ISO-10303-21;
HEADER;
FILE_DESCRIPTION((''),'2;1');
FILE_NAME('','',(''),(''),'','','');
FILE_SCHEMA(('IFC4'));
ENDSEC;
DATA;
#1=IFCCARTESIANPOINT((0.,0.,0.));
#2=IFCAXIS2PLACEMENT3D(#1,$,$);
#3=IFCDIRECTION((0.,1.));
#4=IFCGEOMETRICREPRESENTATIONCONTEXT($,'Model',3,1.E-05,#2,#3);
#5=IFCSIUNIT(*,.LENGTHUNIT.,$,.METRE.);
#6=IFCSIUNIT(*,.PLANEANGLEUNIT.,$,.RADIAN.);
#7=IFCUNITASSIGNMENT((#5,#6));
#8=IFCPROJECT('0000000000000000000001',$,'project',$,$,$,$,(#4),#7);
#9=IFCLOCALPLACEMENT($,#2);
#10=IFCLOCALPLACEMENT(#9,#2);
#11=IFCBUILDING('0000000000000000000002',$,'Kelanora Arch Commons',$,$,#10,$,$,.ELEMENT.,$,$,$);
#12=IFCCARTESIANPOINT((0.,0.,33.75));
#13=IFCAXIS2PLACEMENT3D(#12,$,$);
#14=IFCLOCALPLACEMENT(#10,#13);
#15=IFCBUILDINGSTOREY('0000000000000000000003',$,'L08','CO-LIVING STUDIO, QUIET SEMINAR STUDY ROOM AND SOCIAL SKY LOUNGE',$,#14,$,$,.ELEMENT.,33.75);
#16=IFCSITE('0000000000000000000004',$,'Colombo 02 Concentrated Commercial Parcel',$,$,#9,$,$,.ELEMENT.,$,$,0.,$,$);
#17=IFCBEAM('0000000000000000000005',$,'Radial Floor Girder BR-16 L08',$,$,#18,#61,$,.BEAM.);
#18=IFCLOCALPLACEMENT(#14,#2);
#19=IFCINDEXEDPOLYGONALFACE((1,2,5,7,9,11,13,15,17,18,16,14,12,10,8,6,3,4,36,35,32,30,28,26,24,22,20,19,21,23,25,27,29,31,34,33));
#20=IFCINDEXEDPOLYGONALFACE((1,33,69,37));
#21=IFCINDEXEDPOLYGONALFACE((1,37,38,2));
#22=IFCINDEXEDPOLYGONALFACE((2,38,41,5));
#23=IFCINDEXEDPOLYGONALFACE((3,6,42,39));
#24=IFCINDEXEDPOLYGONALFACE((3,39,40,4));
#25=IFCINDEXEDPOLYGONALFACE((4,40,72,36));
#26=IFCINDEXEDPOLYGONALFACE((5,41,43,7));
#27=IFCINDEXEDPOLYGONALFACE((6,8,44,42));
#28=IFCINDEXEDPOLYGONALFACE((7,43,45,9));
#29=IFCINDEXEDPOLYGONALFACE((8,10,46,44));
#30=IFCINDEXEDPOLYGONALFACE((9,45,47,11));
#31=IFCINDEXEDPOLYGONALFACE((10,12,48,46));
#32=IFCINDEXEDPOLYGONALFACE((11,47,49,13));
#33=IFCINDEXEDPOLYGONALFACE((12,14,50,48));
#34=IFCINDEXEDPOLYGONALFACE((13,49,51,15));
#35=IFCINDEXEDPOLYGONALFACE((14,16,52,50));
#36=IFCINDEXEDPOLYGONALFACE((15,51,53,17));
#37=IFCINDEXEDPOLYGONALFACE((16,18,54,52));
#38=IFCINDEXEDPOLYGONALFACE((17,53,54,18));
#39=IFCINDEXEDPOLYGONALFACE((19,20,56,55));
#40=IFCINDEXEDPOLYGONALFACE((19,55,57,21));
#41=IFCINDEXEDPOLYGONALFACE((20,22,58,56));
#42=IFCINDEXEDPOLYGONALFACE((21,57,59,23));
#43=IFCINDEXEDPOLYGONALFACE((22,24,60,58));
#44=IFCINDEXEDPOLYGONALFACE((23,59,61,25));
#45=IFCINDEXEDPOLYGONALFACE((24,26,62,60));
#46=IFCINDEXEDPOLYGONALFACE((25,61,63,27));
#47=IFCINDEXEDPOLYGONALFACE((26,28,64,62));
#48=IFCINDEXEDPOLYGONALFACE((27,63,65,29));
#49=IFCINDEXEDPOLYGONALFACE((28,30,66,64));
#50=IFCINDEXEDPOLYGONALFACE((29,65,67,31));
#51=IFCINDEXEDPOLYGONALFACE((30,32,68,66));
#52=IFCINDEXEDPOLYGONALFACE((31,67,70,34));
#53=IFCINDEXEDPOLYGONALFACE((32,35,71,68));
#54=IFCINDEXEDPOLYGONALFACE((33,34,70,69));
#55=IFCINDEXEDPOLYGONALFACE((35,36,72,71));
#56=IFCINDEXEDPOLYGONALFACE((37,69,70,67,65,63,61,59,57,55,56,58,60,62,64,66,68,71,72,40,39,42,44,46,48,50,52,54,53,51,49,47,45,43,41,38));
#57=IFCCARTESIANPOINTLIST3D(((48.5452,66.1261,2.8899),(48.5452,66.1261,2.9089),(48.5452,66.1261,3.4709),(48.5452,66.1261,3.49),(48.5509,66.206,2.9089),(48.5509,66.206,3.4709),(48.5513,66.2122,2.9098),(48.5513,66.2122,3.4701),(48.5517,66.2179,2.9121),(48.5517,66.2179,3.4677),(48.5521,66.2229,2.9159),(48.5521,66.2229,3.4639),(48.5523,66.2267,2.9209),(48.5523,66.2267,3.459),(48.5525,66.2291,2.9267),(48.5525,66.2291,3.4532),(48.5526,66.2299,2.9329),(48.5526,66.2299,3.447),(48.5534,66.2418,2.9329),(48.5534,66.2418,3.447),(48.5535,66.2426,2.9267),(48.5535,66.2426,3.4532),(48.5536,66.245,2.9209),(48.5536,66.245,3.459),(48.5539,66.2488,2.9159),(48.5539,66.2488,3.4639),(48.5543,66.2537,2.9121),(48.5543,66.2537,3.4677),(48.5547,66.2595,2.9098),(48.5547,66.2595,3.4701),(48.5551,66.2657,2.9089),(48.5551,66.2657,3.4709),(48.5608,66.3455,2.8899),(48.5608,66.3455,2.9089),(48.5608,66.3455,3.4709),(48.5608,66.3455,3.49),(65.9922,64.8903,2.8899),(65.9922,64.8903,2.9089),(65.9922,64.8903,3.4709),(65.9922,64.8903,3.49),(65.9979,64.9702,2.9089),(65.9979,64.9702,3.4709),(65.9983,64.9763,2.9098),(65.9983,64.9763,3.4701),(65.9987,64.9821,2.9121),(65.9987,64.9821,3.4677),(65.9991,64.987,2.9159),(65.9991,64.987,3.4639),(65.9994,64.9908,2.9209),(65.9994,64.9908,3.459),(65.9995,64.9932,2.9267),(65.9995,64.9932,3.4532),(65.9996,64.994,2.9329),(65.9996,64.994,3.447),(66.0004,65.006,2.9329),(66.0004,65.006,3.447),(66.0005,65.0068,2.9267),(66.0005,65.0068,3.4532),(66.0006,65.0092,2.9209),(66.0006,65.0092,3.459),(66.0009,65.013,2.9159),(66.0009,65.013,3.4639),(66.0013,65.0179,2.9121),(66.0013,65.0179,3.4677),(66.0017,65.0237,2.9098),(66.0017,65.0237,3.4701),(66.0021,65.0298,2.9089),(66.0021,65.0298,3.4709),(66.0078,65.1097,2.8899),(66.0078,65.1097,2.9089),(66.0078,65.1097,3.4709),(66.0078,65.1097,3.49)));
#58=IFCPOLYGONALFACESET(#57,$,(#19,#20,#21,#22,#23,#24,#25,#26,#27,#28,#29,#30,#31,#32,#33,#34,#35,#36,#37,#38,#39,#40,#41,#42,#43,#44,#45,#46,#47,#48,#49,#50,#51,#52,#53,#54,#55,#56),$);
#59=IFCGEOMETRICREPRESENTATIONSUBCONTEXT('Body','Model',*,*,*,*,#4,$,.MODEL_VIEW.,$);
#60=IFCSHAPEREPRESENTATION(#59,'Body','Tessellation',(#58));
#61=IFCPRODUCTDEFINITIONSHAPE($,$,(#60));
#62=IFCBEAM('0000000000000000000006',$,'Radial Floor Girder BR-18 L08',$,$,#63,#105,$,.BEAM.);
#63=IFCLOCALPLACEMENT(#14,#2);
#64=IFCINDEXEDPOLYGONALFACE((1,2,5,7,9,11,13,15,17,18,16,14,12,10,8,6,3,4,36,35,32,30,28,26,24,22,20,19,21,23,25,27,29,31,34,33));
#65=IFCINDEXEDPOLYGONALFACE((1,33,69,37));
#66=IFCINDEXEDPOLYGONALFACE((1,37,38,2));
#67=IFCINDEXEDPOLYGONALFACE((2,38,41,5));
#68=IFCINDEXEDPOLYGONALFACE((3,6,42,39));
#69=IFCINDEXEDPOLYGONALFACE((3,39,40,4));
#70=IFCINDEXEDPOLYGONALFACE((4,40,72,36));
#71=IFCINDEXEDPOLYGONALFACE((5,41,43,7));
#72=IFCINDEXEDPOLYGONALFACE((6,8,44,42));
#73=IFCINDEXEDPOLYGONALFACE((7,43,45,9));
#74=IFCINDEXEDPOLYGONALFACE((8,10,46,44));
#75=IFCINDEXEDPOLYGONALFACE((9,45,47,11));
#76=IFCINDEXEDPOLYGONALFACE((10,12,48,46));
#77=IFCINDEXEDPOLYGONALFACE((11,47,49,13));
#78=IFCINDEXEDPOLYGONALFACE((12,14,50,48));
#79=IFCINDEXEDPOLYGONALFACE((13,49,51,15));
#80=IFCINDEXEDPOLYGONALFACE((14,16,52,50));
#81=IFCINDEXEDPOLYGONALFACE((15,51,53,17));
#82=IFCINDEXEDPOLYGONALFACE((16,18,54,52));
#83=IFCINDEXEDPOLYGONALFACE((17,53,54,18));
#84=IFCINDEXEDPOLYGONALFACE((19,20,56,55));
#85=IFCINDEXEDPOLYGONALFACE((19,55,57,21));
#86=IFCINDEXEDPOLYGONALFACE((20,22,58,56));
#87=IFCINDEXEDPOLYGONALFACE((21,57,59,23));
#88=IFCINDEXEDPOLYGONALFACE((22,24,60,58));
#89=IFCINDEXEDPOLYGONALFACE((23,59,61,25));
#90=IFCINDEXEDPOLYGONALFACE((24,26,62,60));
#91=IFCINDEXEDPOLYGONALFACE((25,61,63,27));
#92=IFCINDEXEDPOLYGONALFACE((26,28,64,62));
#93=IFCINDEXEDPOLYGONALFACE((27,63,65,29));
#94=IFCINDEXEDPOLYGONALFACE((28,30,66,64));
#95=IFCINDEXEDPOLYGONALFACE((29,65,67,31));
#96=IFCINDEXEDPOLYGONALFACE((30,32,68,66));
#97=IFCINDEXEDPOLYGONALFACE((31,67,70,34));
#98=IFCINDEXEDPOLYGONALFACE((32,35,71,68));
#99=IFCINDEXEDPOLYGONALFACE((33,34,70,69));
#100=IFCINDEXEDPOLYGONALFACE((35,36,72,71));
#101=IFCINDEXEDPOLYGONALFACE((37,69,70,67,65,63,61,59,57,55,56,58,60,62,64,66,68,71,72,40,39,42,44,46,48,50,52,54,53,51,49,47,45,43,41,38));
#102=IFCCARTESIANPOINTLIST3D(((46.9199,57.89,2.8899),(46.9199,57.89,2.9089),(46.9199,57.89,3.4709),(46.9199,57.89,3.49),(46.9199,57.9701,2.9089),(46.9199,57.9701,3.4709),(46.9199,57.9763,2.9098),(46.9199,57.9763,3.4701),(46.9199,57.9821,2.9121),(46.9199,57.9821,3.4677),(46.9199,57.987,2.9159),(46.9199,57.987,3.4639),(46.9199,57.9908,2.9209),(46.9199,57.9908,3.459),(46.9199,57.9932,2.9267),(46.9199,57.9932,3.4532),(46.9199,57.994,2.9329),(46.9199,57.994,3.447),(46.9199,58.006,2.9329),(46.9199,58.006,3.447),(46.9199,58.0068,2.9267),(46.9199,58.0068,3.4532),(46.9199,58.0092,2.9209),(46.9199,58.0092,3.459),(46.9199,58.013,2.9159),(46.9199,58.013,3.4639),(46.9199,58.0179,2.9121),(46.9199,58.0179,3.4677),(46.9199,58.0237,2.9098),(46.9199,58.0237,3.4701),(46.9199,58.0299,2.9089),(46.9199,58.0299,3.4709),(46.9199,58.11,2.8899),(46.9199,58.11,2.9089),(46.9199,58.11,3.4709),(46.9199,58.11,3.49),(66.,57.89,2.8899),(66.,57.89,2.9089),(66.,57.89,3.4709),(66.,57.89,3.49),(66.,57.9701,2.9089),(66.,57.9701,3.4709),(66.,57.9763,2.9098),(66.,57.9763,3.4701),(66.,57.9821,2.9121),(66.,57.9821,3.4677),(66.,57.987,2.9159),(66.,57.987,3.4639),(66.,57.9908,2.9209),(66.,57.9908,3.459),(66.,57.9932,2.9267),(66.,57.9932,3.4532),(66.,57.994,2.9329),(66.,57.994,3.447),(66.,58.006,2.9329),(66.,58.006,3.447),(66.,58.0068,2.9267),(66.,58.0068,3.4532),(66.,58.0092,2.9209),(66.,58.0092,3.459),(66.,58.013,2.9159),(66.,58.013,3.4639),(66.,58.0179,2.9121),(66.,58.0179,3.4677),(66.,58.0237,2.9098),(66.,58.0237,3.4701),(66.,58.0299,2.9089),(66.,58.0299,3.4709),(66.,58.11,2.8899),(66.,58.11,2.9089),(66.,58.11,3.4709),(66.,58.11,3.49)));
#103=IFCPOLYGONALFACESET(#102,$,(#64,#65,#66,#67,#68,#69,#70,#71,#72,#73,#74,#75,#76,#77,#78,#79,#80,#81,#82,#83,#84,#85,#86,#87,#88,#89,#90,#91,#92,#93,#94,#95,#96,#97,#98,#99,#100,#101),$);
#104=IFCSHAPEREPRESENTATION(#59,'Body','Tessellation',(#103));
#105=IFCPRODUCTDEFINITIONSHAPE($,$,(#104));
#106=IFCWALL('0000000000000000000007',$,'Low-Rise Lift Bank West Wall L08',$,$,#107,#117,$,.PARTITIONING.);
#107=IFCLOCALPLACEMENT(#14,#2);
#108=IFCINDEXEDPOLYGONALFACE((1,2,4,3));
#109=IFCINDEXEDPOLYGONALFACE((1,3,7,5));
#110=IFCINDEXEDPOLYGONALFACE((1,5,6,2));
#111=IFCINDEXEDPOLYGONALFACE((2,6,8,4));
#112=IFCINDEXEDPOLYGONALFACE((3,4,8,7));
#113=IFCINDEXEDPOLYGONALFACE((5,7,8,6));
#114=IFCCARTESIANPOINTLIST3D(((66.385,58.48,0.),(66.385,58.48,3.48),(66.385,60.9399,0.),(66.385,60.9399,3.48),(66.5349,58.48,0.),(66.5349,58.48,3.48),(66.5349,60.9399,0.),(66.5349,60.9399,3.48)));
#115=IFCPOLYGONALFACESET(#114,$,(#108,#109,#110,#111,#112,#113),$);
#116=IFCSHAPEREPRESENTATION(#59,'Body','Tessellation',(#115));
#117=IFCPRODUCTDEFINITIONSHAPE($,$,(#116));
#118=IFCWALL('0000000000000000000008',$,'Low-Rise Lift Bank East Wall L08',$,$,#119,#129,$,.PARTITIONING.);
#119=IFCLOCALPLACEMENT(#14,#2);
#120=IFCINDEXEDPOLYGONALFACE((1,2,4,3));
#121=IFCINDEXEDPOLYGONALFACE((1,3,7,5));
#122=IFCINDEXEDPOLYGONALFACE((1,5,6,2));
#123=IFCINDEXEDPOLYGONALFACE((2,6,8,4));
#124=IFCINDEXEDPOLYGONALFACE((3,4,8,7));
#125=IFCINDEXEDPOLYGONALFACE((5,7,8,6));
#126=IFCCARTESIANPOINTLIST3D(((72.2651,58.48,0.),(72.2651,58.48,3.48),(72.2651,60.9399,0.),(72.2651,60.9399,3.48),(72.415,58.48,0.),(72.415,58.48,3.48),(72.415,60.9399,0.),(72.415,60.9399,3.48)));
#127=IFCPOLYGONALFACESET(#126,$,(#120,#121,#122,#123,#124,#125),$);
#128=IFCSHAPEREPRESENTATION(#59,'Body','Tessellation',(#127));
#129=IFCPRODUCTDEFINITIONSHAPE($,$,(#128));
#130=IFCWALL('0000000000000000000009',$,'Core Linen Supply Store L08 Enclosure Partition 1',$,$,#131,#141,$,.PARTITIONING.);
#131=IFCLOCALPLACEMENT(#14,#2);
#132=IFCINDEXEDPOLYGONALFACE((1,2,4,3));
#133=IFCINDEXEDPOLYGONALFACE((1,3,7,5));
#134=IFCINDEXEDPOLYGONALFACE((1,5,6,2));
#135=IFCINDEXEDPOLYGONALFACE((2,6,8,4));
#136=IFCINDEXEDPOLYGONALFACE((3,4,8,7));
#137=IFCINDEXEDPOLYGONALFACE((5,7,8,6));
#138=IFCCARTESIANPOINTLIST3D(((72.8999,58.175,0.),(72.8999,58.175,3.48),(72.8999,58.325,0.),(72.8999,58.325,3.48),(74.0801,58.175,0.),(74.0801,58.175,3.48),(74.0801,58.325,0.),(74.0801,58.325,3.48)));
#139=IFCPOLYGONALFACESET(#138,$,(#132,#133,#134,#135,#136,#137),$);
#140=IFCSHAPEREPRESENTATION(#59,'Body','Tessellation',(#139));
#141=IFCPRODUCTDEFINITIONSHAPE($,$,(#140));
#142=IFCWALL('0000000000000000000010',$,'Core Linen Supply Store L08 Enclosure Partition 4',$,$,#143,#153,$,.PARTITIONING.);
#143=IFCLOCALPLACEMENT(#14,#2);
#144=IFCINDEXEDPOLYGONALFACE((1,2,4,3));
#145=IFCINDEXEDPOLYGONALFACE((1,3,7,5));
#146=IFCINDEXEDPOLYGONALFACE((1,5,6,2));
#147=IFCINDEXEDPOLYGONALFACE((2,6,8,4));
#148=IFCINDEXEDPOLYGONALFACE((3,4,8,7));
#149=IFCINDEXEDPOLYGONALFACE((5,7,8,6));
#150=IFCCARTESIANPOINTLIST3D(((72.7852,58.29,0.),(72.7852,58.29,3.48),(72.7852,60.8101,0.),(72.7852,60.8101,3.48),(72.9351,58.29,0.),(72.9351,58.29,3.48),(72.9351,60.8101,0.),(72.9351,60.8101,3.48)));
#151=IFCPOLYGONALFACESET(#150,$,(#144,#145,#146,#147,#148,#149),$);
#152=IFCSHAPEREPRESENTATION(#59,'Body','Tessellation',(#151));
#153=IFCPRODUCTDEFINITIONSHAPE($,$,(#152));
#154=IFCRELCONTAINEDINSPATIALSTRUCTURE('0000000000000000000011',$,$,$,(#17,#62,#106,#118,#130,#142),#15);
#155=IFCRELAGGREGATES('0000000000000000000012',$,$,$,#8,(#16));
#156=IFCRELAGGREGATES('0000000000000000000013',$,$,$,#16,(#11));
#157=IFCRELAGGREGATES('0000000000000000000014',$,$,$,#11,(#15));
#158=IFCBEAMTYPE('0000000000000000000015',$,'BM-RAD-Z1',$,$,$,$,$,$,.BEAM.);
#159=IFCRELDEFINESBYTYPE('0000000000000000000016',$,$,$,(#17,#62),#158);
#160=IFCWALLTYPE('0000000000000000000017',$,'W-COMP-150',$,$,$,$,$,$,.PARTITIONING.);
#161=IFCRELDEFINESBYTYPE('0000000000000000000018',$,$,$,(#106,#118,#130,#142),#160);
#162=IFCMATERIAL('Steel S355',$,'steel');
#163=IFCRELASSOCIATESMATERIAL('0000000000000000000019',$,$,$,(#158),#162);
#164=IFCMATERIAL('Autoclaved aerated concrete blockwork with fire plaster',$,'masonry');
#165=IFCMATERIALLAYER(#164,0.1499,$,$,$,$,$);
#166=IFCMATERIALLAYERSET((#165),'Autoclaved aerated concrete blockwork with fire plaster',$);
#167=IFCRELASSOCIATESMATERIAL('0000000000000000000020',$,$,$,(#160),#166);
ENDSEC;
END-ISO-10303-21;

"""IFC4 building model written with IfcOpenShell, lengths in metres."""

from ifc_helpers import new_model, si_unit, direction, frame, frame_2d, origin, origin_2d, place, context, subcontext, project, spatial, rectangle, i_section, extrude, material, layer, layer_set, material_profile, profile_set, type_object, element, save


model = new_model("IFC4")

# Units and contexts
model_context = context("Model", 3, precision=1e-05, world=origin(), true_north=direction((0.0, 1.0)))
body_context = subcontext(model_context, "Body", "Model", "MODEL_VIEW")
ifc_project = project(units=[si_unit("LENGTHUNIT", "METRE"), si_unit("PLANEANGLEUNIT", "RADIAN")], contexts=[model_context])

# Site, building, storey
site_placement = place(None, origin())
site = spatial("IfcSite", under=ifc_project, at=site_placement, Name="Colombo 02 Concentrated Commercial Parcel", CompositionType="ELEMENT", RefElevation=0.0)
building_placement = place(site_placement, origin())
building = spatial("IfcBuilding", under=site, at=building_placement, Name="Kelanora Arch Commons", CompositionType="ELEMENT")
storey_placement = place(building_placement, frame((0.0, 0.0, 33.75)))
storey = spatial("IfcBuildingStorey", under=building, at=storey_placement, Name="L08", Description="CO-LIVING STUDIO, QUIET SEMINAR STUDY ROOM AND SOCIAL SKY LOUNGE", CompositionType="ELEMENT", Elevation=33.75)

# Beams
ifc_material_1 = material(Name="Steel S355", Category="steel")
ifc_material_profile_1 = material_profile(ifc_material_1, i_section(OverallWidth=0.22, OverallDepth=0.6001, WebThickness=0.012, FlangeThickness=0.019, FilletRadius=0.0239, at=origin_2d()), Name="IPE600")
ifc_profile_set_1 = profile_set([ifc_material_profile_1], Name="Steel S355")
beam_type_1 = type_object("IfcBeamType", Name="BM-RAD-Z1", PredefinedType="BEAM", material=ifc_profile_set_1)
beam_1_placement = place(storey_placement, frame((66.0, 65.0, 3.1899), z_axis=(-0.997501, 0.070657, 0.0), x_axis=(-0.070657, -0.997501, 0.0)))
element("IfcBeam", 1, at=beam_1_placement, inside=storey, type_object=beam_type_1, Name="Radial Floor Girder BR-16 L08", PredefinedType="BEAM", context=body_context, shape_type="SweptSolid", body=[
    extrude(i_section(OverallWidth=0.22, OverallDepth=0.6001, WebThickness=0.012, FlangeThickness=0.019, FilletRadius=0.0239, at=origin_2d()), origin(), (0.0, 0.0, 1.0), 17.4907),
])
beam_2_placement = place(storey_placement, frame((66.0, 58.0, 3.1899), z_axis=(-1.0, 0.0, 0.0), x_axis=(0.0, -1.0, 0.0)))
element("IfcBeam", 2, at=beam_2_placement, inside=storey, type_object=beam_type_1, Name="Radial Floor Girder BR-18 L08", PredefinedType="BEAM", context=body_context, shape_type="SweptSolid", body=[
    extrude(i_section(OverallWidth=0.22, OverallDepth=0.6001, WebThickness=0.012, FlangeThickness=0.019, FilletRadius=0.0239, at=origin_2d()), origin(), (0.0, 0.0, 1.0), 19.0801),
])

# Walls
ifc_material_2 = material(Name="Autoclaved aerated concrete blockwork with fire plaster", Category="masonry")
ifc_layer_1 = layer(ifc_material_2, 0.1499)
ifc_layer_set_1 = layer_set([ifc_layer_1], Name="Autoclaved aerated concrete blockwork with fire plaster")
wall_type_1 = type_object("IfcWallType", Name="W-COMP-150", PredefinedType="PARTITIONING", material=ifc_layer_set_1)
for number, where, z_axis, x_axis, name in (
    (3, (66.46, 58.48, 0.0), (0.0, 0.0, 1.0), (0.0, 1.0, 0.0), "Low-Rise Lift Bank West Wall L08"),
    (4, (72.3401, 58.48, 0.0), (0.0, 0.0, 1.0), (0.0, 1.0, 0.0), "Low-Rise Lift Bank East Wall L08"),
):
    element("IfcWall", number, at=place(storey_placement, frame(where, z_axis=z_axis, x_axis=x_axis)), inside=storey, type_object=wall_type_1, Name=name, PredefinedType="PARTITIONING", context=body_context, shape_type="SweptSolid", body=[
        extrude(rectangle(XDim=2.46, YDim=0.1499, at=frame_2d((1.23, 0.0))), origin(), (0.0, 0.0, 1.0), 3.48),
    ])
wall_1_placement = place(storey_placement, frame((72.8999, 58.25, 0.0), z_axis=(0.0, 0.0, 1.0), x_axis=(1.0, 0.0, 0.0)))
element("IfcWall", 5, at=wall_1_placement, inside=storey, type_object=wall_type_1, Name="Core Linen Supply Store L08 Enclosure Partition 1", PredefinedType="PARTITIONING", context=body_context, shape_type="SweptSolid", body=[
    extrude(rectangle(XDim=1.1802, YDim=0.1499, at=frame_2d((0.5901, 0.0))), origin(), (0.0, 0.0, 1.0), 3.48),
])
wall_2_placement = place(storey_placement, frame((72.8601, 60.8101, 0.0), z_axis=(0.0, 0.0, 1.0), x_axis=(0.0, -1.0, 0.0)))
element("IfcWall", 6, at=wall_2_placement, inside=storey, type_object=wall_type_1, Name="Core Linen Supply Store L08 Enclosure Partition 4", PredefinedType="PARTITIONING", context=body_context, shape_type="SweptSolid", body=[
    extrude(rectangle(XDim=2.52, YDim=0.1499, at=frame_2d((1.26, 0.0))), origin(), (0.0, 0.0, 1.0), 3.48),
])

save(model, "model.ifc")
